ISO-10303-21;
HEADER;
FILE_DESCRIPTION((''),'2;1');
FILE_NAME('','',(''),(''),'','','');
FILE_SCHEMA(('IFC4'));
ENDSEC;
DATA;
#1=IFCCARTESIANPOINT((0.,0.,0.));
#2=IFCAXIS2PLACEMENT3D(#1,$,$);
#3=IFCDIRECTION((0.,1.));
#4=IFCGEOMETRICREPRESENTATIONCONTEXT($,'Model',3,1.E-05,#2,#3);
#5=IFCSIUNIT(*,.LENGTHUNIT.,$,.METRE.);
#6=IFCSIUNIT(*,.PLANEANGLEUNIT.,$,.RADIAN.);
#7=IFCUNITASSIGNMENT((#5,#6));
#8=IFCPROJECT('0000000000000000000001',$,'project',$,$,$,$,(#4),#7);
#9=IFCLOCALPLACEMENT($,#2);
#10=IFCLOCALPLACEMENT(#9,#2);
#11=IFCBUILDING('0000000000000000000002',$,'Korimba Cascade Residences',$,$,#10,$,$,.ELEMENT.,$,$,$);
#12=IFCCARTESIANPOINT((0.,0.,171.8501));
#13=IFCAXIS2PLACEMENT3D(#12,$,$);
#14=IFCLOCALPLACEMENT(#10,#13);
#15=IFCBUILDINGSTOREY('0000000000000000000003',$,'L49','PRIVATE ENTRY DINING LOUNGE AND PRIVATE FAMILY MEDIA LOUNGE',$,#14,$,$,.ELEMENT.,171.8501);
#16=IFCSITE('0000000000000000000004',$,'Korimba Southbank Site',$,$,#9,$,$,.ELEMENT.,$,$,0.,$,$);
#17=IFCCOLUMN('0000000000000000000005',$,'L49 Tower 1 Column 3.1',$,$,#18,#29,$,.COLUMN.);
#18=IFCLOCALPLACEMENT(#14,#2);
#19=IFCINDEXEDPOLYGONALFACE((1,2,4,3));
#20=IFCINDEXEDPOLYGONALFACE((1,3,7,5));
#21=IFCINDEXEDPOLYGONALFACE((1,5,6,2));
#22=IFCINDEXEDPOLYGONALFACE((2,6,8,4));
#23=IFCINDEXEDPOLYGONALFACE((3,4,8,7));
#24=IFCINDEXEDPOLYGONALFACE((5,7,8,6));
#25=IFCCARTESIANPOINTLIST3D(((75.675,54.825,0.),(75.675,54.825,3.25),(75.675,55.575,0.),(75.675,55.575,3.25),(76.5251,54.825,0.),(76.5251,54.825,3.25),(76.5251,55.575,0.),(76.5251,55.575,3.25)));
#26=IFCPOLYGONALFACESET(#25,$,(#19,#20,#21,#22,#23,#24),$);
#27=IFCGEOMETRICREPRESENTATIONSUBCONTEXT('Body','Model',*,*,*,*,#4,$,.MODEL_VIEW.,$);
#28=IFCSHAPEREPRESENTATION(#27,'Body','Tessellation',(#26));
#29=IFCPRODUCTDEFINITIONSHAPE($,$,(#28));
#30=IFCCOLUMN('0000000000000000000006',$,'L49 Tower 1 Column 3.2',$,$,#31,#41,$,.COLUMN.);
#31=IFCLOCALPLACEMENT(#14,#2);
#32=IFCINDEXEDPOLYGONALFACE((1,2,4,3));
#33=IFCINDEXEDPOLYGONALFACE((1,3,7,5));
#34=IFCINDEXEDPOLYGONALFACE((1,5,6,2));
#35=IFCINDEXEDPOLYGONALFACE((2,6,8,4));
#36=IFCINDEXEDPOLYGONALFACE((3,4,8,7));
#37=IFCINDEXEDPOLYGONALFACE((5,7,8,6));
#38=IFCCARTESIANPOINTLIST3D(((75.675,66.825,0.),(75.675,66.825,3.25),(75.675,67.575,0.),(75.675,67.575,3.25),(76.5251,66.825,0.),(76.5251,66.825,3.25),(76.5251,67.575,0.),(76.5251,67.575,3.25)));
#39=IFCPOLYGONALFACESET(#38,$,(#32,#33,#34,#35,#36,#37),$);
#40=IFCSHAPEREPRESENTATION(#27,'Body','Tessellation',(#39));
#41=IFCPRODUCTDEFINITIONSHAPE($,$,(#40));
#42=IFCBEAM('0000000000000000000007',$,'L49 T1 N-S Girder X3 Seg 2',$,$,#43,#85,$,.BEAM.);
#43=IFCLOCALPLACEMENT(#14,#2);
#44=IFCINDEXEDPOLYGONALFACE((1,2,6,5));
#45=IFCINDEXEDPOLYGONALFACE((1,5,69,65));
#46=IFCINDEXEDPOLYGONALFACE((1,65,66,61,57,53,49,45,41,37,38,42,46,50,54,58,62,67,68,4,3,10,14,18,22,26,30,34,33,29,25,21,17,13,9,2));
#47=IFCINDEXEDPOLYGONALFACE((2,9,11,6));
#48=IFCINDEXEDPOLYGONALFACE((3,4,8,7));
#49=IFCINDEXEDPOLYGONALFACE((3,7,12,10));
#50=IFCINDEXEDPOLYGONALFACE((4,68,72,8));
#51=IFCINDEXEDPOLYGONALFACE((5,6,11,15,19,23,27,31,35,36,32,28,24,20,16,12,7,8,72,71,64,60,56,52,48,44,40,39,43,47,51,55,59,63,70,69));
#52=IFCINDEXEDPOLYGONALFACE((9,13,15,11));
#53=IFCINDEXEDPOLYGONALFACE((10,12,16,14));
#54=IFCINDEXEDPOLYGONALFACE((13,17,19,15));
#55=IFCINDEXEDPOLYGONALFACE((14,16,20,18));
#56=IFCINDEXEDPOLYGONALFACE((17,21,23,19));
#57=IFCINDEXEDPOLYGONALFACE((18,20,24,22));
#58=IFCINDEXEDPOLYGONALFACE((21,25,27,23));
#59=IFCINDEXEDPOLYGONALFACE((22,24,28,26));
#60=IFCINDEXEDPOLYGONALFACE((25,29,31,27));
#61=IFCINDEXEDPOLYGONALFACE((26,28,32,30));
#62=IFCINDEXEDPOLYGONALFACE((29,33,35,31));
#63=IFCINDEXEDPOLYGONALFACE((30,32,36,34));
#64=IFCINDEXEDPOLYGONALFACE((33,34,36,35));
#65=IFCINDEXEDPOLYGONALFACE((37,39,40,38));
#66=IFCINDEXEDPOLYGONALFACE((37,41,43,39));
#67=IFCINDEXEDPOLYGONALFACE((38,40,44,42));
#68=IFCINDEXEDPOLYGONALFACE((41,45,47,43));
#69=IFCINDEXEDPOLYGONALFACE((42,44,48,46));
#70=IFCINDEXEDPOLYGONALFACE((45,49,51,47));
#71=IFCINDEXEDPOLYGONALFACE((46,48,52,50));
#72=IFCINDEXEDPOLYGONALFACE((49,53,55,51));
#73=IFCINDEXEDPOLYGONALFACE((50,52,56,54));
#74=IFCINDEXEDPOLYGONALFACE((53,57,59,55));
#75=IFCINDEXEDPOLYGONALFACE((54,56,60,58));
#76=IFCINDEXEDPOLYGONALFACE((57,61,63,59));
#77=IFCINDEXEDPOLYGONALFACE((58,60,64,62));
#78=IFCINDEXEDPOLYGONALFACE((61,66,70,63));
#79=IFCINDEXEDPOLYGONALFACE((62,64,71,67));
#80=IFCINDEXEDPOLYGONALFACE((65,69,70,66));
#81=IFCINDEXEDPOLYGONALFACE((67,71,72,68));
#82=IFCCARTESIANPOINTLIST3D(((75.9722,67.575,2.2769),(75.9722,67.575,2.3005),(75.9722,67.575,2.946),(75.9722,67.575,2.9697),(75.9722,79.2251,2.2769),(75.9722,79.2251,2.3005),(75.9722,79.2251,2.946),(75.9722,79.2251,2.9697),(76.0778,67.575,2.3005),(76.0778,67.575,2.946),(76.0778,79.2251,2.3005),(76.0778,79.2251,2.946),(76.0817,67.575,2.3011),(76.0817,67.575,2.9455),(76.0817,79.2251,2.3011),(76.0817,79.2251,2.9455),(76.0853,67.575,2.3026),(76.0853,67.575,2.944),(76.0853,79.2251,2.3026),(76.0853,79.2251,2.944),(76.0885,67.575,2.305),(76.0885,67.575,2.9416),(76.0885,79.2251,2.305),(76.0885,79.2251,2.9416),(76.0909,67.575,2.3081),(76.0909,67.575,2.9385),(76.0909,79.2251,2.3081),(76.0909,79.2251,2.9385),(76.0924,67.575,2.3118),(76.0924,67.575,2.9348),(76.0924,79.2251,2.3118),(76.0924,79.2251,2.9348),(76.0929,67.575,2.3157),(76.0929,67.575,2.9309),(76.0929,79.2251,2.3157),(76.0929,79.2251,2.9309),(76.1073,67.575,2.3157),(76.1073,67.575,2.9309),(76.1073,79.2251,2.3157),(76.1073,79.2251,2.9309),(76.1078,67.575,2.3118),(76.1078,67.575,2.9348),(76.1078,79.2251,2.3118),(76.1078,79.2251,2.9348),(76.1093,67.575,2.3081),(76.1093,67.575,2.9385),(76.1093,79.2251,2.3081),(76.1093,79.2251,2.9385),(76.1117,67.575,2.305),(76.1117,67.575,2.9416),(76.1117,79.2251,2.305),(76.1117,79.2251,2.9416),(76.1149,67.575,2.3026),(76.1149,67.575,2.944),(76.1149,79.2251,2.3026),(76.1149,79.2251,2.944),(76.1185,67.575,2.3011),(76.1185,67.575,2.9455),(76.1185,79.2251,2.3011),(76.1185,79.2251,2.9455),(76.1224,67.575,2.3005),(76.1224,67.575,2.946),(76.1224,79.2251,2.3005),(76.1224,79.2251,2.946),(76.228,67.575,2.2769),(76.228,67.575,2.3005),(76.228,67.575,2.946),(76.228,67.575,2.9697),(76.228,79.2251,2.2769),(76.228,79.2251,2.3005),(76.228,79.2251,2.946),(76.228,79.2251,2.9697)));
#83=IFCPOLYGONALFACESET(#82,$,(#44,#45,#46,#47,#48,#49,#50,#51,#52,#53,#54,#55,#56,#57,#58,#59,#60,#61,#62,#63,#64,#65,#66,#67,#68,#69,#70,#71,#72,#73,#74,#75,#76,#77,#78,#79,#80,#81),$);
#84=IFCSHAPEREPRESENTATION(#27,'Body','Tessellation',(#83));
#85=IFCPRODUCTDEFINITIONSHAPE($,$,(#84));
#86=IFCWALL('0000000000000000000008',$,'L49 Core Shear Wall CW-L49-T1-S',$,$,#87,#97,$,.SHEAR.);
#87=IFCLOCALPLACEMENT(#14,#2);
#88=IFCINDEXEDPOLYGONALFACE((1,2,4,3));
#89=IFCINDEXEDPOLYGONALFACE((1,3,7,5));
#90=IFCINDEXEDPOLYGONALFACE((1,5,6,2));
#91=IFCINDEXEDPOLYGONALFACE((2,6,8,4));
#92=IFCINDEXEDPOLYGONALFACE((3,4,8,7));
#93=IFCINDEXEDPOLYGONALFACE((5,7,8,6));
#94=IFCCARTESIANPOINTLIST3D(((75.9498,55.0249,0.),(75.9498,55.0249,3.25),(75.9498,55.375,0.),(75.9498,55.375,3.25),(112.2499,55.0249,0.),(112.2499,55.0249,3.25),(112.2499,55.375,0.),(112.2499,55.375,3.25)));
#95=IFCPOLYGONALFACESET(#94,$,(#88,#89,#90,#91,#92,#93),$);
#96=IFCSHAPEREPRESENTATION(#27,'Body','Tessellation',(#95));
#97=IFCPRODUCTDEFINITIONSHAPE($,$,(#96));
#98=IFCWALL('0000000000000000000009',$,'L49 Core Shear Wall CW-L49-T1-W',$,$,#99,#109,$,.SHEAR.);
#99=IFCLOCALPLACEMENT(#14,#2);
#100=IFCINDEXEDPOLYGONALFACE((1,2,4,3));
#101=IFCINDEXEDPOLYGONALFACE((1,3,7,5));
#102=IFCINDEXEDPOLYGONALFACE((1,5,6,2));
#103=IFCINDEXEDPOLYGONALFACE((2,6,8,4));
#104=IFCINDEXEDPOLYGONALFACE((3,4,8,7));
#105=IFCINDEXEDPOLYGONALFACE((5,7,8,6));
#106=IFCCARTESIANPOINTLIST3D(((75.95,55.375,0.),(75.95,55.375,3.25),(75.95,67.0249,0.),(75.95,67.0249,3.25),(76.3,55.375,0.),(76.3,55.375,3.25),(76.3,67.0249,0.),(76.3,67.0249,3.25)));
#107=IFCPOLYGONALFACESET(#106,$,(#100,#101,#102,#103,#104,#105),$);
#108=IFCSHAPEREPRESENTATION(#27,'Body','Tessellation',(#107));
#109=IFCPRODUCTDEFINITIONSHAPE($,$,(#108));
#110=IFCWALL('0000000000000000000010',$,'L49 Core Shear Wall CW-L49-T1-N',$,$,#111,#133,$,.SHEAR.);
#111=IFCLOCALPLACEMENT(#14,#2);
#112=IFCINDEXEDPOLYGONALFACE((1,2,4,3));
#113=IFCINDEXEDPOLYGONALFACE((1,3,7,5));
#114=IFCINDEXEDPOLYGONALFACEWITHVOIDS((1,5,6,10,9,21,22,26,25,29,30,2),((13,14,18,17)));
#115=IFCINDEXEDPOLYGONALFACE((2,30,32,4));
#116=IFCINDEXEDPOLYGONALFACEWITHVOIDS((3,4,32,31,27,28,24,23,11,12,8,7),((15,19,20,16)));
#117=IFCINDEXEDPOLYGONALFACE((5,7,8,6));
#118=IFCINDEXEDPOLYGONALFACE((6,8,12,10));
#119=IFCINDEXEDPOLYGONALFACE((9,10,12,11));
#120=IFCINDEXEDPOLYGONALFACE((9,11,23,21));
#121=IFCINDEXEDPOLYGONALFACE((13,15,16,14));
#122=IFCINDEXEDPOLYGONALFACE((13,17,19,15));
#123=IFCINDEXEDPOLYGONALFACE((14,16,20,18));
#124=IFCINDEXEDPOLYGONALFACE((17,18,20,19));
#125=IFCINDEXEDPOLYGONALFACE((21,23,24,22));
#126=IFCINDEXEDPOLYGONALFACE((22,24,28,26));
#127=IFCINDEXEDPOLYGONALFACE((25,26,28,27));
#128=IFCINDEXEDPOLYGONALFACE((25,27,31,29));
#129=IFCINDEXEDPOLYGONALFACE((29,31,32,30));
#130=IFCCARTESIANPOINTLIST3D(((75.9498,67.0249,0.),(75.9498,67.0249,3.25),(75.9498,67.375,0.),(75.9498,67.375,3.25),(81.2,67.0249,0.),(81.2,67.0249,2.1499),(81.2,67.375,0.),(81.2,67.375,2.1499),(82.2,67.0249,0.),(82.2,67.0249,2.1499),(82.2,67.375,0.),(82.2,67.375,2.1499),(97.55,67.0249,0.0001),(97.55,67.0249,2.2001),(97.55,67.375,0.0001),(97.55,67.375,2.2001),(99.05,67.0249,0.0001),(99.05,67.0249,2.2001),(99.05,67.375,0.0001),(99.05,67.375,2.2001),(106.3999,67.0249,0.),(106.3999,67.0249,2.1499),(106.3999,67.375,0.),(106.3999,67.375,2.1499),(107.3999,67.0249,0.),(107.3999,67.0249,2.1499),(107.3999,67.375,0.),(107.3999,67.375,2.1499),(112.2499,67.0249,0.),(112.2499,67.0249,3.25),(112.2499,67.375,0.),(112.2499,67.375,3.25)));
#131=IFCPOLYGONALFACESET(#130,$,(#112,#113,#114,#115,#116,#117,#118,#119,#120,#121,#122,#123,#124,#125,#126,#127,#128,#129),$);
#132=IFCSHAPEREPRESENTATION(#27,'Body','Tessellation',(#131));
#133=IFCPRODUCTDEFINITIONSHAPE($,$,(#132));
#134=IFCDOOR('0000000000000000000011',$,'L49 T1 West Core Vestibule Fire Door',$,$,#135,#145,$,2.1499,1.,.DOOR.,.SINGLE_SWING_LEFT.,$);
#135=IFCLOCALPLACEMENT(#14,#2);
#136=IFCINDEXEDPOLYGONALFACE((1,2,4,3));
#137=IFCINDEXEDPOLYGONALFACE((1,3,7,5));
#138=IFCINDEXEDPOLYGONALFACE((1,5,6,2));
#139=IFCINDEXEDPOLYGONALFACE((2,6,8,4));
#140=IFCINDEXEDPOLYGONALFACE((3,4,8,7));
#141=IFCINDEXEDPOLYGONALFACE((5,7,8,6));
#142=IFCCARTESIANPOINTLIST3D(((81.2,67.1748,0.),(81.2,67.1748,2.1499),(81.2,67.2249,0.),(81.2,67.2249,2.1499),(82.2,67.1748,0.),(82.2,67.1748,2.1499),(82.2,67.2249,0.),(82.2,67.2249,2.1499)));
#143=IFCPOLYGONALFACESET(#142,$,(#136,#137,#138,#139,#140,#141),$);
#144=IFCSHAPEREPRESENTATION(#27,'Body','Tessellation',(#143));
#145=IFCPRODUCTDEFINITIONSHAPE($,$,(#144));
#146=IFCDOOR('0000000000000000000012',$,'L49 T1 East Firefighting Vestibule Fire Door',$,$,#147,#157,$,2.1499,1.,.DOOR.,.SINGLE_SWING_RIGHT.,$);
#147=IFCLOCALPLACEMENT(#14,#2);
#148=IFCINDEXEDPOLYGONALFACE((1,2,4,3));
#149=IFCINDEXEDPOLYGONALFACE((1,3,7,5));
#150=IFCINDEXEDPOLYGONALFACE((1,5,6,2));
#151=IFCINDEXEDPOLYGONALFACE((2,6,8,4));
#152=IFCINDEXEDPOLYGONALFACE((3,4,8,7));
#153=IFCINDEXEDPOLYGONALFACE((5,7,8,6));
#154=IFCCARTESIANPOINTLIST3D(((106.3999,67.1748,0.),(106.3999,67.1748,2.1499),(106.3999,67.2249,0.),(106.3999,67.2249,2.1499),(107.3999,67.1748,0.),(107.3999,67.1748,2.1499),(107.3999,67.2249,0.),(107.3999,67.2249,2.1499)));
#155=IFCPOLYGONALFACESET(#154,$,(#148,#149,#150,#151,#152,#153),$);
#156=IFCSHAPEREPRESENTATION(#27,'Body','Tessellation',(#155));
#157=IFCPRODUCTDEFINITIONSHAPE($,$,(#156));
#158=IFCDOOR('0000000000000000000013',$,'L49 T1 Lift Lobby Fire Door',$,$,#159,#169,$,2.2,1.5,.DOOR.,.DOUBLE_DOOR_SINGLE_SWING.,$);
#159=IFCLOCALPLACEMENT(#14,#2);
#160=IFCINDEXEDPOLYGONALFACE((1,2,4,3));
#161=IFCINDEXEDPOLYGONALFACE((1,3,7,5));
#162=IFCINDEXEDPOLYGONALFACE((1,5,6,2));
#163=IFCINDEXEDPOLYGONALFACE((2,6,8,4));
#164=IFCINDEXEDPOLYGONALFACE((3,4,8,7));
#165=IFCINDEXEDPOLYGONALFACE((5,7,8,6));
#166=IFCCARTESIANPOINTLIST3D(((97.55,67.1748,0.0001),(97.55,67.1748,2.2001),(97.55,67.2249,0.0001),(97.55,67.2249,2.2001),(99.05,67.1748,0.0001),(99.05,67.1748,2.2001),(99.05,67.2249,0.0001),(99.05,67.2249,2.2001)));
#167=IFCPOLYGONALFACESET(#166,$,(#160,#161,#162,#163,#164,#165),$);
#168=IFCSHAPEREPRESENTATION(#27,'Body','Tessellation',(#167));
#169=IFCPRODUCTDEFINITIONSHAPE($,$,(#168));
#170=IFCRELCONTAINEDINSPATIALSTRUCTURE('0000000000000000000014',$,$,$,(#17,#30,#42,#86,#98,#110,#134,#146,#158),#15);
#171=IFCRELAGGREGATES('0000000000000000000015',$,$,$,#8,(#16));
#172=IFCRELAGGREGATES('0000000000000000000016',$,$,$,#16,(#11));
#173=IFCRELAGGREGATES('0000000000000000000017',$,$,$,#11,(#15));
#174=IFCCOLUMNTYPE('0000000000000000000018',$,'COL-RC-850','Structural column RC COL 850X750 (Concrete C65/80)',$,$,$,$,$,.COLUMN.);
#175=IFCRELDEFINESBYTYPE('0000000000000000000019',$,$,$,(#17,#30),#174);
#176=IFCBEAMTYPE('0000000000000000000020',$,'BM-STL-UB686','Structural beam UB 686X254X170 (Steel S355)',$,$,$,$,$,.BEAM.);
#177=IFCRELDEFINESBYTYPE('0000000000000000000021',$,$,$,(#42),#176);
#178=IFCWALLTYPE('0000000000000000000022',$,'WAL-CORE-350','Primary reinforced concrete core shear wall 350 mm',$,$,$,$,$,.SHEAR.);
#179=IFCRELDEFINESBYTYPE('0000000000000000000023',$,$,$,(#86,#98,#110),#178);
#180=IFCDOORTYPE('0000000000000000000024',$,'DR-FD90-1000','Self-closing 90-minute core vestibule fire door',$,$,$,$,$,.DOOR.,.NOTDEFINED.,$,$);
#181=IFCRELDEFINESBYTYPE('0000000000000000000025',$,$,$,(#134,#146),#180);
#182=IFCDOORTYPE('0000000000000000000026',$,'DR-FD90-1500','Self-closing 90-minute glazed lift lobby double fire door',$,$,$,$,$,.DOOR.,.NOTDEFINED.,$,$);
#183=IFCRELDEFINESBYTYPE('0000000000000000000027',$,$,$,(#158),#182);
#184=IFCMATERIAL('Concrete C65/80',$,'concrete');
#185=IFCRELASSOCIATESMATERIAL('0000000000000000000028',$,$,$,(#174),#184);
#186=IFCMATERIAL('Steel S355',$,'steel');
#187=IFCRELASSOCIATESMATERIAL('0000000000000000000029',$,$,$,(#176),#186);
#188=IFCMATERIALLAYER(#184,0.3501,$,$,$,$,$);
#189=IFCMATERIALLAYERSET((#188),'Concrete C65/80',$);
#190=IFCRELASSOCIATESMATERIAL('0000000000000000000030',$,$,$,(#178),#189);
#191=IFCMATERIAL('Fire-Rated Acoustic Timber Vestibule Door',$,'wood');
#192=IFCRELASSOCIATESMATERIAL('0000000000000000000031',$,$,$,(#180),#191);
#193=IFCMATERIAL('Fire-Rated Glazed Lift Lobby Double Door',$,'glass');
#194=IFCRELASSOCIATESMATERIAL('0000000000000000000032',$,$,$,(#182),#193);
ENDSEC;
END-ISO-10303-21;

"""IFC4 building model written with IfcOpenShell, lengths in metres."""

from ifc_helpers import new_model, si_unit, direction, frame, frame_2d, origin, origin_2d, place, context, subcontext, project, spatial, rectangle, i_section, extrude, material, layer, layer_set, material_profile, profile_set, type_object, element, fill, save


model = new_model("IFC4")

# Units and contexts
model_context = context("Model", 3, precision=1e-05, world=origin(), true_north=direction((0.0, 1.0)))
body_context = subcontext(model_context, "Body", "Model", "MODEL_VIEW")
ifc_project = project(units=[si_unit("LENGTHUNIT", "METRE"), si_unit("PLANEANGLEUNIT", "RADIAN")], contexts=[model_context])

# Site, building, storey
site_placement = place(None, origin())
site = spatial("IfcSite", under=ifc_project, at=site_placement, Name="Korimba Southbank Site", CompositionType="ELEMENT", RefElevation=0.0)
building_placement = place(site_placement, origin())
building = spatial("IfcBuilding", under=site, at=building_placement, Name="Korimba Cascade Residences", CompositionType="ELEMENT")
storey_placement = place(building_placement, frame((0.0, 0.0, 171.8501)))
storey = spatial("IfcBuildingStorey", under=building, at=storey_placement, Name="L49", Description="PRIVATE ENTRY DINING LOUNGE AND PRIVATE FAMILY MEDIA LOUNGE", CompositionType="ELEMENT", Elevation=171.8501)

# Columns
ifc_material_1 = material(Name="Concrete C65/80", Category="concrete")
ifc_material_profile_1 = material_profile(ifc_material_1, rectangle(XDim=0.8501, YDim=0.75, at=origin_2d()), Name="Concrete C65/80")
ifc_profile_set_1 = profile_set([ifc_material_profile_1], Name="Concrete C65/80")
column_type = type_object("IfcColumnType", Name="COL-RC-850", Description="Structural column RC COL 850X750 (Concrete C65/80)", PredefinedType="COLUMN", material=ifc_profile_set_1)
for number, where, z_axis, x_axis, name in (
    (1, (76.1001, 55.2, 0.0), (0.0, 0.0, 1.0), (1.0, 0.0, 0.0), "L49 Tower 1 Column 3.1"),
    (2, (76.1001, 67.2, 0.0), (0.0, 0.0, 1.0), (1.0, 0.0, 0.0), "L49 Tower 1 Column 3.2"),
):
    element("IfcColumn", number, at=place(storey_placement, frame(where, z_axis=z_axis, x_axis=x_axis)), inside=storey, type_object=column_type, Name=name, PredefinedType="COLUMN", context=body_context, shape_type="SweptSolid", body=[
        extrude(rectangle(XDim=0.8501, YDim=0.75, at=origin_2d()), origin(), (0.0, 0.0, 1.0), 3.25),
    ])

# Beam
ifc_material_2 = material(Name="Steel S355", Category="steel")
ifc_material_profile_2 = material_profile(ifc_material_2, i_section(OverallWidth=0.2559, OverallDepth=0.6929, WebThickness=0.0144, FlangeThickness=0.0237, FilletRadius=0.0151, at=origin_2d()), Name="Steel S355")
ifc_profile_set_2 = profile_set([ifc_material_profile_2], Name="Steel S355")
beam_type = type_object("IfcBeamType", Name="BM-STL-UB686", Description="Structural beam UB 686X254X170 (Steel S355)", PredefinedType="BEAM", material=ifc_profile_set_2)
beam_placement = place(storey_placement, frame((76.1001, 67.575, 2.6233), z_axis=(0.0, 1.0, 0.0), x_axis=(-1.0, 0.0, 0.0)))
element("IfcBeam", 3, at=beam_placement, inside=storey, type_object=beam_type, Name="L49 T1 N-S Girder X3 Seg 2", PredefinedType="BEAM", context=body_context, shape_type="SweptSolid", body=[
    extrude(i_section(OverallWidth=0.2559, OverallDepth=0.6929, WebThickness=0.0144, FlangeThickness=0.0237, FilletRadius=0.0151, at=origin_2d()), origin(), (0.0, 0.0, 1.0), 11.6501),
])

# Walls
ifc_layer_1 = layer(ifc_material_1, 0.3501)
ifc_layer_set_1 = layer_set([ifc_layer_1], Name="Concrete C65/80")
wall_type_1 = type_object("IfcWallType", Name="WAL-CORE-350", Description="Primary reinforced concrete core shear wall 350 mm", PredefinedType="SHEAR", material=ifc_layer_set_1)
wall_1_placement = place(storey_placement, frame((75.95, 55.2, 0.0), z_axis=(0.0, 0.0, 1.0), x_axis=(1.0, 0.0, 0.0)))
element("IfcWall", 4, at=wall_1_placement, inside=storey, type_object=wall_type_1, Name="L49 Core Shear Wall CW-L49-T1-S", PredefinedType="SHEAR", context=body_context, shape_type="SweptSolid", body=[
    extrude(rectangle(XDim=36.3, YDim=0.3501, at=frame_2d((18.1499, 0.0))), origin(), (0.0, 0.0, 1.0), 3.25),
])
wall_2_placement = place(storey_placement, frame((76.125, 55.375, 0.0), z_axis=(0.0, 0.0, 1.0), x_axis=(0.0, 1.0, 0.0)))
element("IfcWall", 5, at=wall_2_placement, inside=storey, type_object=wall_type_1, Name="L49 Core Shear Wall CW-L49-T1-W", PredefinedType="SHEAR", context=body_context, shape_type="SweptSolid", body=[
    extrude(rectangle(XDim=11.6499, YDim=0.3501, at=frame_2d((5.825, 0.0))), origin(), (0.0, 0.0, 1.0), 3.25),
])

# Wall, openings, doors
wall_3_placement = place(storey_placement, frame((75.95, 67.2, 0.0), z_axis=(0.0, 0.0, 1.0), x_axis=(1.0, 0.0, 0.0)))
wall_3 = element("IfcWall", 6, at=wall_3_placement, inside=storey, type_object=wall_type_1, Name="L49 Core Shear Wall CW-L49-T1-N", PredefinedType="SHEAR", context=body_context, shape_type="SweptSolid", body=[
    extrude(rectangle(XDim=36.3, YDim=0.3501, at=frame_2d((18.1499, 0.0))), origin(), (0.0, 0.0, 1.0), 3.25),
])
opening_1_placement = place(wall_3_placement, frame((5.25, 0.0, 0.0)))
opening_1 = element("IfcOpeningElement", 7, at=opening_1_placement, cuts=wall_3, PredefinedType="OPENING", context=body_context, shape_type="SweptSolid", body=[
    extrude(rectangle(XDim=1.0, YDim=2.1499, at=frame_2d((0.5, 1.075))), frame((0.0, 0.1851, 0.0), z_axis=(0.0, -1.0, 0.0), x_axis=(1.0, 0.0, 0.0)), (0.0, 0.0, 1.0), 0.3701),
])
opening_2_placement = place(wall_3_placement, frame((21.6001, 0.0, 0.0)))
opening_2 = element("IfcOpeningElement", 8, at=opening_2_placement, cuts=wall_3, PredefinedType="OPENING", context=body_context, shape_type="SweptSolid", body=[
    extrude(rectangle(XDim=1.5, YDim=2.2, at=frame_2d((0.75, 1.1001))), frame((0.0, 0.1851, 0.0), z_axis=(0.0, -1.0, 0.0), x_axis=(1.0, 0.0, 0.0)), (0.0, 0.0, 1.0), 0.3701),
])
opening_3_placement = place(wall_3_placement, frame((30.45, 0.0, 0.0)))
opening_3 = element("IfcOpeningElement", 9, at=opening_3_placement, cuts=wall_3, PredefinedType="OPENING", context=body_context, shape_type="SweptSolid", body=[
    extrude(rectangle(XDim=1.0, YDim=2.1499, at=frame_2d((0.5, 1.075))), frame((0.0, 0.1851, 0.0), z_axis=(0.0, -1.0, 0.0), x_axis=(1.0, 0.0, 0.0)), (0.0, 0.0, 1.0), 0.3701),
])
ifc_material_3 = material(Name="Fire-Rated Acoustic Timber Vestibule Door", Category="wood")
door_type_1 = type_object("IfcDoorType", Name="DR-FD90-1000", Description="Self-closing 90-minute core vestibule fire door", OperationType="NOTDEFINED", PredefinedType="DOOR", material=ifc_material_3)
door_1_placement = place(opening_1_placement, origin())
door_1 = element("IfcDoor", 10, at=door_1_placement, inside=storey, type_object=door_type_1, Name="L49 T1 West Core Vestibule Fire Door", OperationType="SINGLE_SWING_LEFT", OverallHeight=2.1499, OverallWidth=1.0, PredefinedType="DOOR", context=body_context, shape_type="SweptSolid", body=[
    extrude(rectangle(XDim=1.0, YDim=2.1499, at=frame_2d((0.5, 1.075))), frame((0.0, 0.0249, 0.0), z_axis=(0.0, -1.0, 0.0), x_axis=(1.0, 0.0, 0.0)), (0.0, 0.0, 1.0), 0.05),
])
fill(opening_1, door_1)
door_2_placement = place(opening_3_placement, origin())
door_2 = element("IfcDoor", 11, at=door_2_placement, inside=storey, type_object=door_type_1, Name="L49 T1 East Firefighting Vestibule Fire Door", OperationType="SINGLE_SWING_RIGHT", OverallHeight=2.1499, OverallWidth=1.0, PredefinedType="DOOR", context=body_context, shape_type="SweptSolid", body=[
    extrude(rectangle(XDim=1.0, YDim=2.1499, at=frame_2d((0.5, 1.075))), frame((0.0, 0.0249, 0.0), z_axis=(0.0, -1.0, 0.0), x_axis=(1.0, 0.0, 0.0)), (0.0, 0.0, 1.0), 0.05),
])
fill(opening_3, door_2)
ifc_material_4 = material(Name="Fire-Rated Glazed Lift Lobby Double Door", Category="glass")
door_type_2 = type_object("IfcDoorType", Name="DR-FD90-1500", Description="Self-closing 90-minute glazed lift lobby double fire door", OperationType="NOTDEFINED", PredefinedType="DOOR", material=ifc_material_4)
door_3_placement = place(opening_2_placement, origin())
door_3 = element("IfcDoor", 12, at=door_3_placement, inside=storey, type_object=door_type_2, Name="L49 T1 Lift Lobby Fire Door", OperationType="DOUBLE_DOOR_SINGLE_SWING", OverallHeight=2.2, OverallWidth=1.5, PredefinedType="DOOR", context=body_context, shape_type="SweptSolid", body=[
    extrude(rectangle(XDim=1.5, YDim=2.2, at=frame_2d((0.75, 1.1001))), frame((0.0, 0.0249, 0.0), z_axis=(0.0, -1.0, 0.0), x_axis=(1.0, 0.0, 0.0)), (0.0, 0.0, 1.0), 0.05),
])
fill(opening_2, door_3)

save(model, "model.ifc")
